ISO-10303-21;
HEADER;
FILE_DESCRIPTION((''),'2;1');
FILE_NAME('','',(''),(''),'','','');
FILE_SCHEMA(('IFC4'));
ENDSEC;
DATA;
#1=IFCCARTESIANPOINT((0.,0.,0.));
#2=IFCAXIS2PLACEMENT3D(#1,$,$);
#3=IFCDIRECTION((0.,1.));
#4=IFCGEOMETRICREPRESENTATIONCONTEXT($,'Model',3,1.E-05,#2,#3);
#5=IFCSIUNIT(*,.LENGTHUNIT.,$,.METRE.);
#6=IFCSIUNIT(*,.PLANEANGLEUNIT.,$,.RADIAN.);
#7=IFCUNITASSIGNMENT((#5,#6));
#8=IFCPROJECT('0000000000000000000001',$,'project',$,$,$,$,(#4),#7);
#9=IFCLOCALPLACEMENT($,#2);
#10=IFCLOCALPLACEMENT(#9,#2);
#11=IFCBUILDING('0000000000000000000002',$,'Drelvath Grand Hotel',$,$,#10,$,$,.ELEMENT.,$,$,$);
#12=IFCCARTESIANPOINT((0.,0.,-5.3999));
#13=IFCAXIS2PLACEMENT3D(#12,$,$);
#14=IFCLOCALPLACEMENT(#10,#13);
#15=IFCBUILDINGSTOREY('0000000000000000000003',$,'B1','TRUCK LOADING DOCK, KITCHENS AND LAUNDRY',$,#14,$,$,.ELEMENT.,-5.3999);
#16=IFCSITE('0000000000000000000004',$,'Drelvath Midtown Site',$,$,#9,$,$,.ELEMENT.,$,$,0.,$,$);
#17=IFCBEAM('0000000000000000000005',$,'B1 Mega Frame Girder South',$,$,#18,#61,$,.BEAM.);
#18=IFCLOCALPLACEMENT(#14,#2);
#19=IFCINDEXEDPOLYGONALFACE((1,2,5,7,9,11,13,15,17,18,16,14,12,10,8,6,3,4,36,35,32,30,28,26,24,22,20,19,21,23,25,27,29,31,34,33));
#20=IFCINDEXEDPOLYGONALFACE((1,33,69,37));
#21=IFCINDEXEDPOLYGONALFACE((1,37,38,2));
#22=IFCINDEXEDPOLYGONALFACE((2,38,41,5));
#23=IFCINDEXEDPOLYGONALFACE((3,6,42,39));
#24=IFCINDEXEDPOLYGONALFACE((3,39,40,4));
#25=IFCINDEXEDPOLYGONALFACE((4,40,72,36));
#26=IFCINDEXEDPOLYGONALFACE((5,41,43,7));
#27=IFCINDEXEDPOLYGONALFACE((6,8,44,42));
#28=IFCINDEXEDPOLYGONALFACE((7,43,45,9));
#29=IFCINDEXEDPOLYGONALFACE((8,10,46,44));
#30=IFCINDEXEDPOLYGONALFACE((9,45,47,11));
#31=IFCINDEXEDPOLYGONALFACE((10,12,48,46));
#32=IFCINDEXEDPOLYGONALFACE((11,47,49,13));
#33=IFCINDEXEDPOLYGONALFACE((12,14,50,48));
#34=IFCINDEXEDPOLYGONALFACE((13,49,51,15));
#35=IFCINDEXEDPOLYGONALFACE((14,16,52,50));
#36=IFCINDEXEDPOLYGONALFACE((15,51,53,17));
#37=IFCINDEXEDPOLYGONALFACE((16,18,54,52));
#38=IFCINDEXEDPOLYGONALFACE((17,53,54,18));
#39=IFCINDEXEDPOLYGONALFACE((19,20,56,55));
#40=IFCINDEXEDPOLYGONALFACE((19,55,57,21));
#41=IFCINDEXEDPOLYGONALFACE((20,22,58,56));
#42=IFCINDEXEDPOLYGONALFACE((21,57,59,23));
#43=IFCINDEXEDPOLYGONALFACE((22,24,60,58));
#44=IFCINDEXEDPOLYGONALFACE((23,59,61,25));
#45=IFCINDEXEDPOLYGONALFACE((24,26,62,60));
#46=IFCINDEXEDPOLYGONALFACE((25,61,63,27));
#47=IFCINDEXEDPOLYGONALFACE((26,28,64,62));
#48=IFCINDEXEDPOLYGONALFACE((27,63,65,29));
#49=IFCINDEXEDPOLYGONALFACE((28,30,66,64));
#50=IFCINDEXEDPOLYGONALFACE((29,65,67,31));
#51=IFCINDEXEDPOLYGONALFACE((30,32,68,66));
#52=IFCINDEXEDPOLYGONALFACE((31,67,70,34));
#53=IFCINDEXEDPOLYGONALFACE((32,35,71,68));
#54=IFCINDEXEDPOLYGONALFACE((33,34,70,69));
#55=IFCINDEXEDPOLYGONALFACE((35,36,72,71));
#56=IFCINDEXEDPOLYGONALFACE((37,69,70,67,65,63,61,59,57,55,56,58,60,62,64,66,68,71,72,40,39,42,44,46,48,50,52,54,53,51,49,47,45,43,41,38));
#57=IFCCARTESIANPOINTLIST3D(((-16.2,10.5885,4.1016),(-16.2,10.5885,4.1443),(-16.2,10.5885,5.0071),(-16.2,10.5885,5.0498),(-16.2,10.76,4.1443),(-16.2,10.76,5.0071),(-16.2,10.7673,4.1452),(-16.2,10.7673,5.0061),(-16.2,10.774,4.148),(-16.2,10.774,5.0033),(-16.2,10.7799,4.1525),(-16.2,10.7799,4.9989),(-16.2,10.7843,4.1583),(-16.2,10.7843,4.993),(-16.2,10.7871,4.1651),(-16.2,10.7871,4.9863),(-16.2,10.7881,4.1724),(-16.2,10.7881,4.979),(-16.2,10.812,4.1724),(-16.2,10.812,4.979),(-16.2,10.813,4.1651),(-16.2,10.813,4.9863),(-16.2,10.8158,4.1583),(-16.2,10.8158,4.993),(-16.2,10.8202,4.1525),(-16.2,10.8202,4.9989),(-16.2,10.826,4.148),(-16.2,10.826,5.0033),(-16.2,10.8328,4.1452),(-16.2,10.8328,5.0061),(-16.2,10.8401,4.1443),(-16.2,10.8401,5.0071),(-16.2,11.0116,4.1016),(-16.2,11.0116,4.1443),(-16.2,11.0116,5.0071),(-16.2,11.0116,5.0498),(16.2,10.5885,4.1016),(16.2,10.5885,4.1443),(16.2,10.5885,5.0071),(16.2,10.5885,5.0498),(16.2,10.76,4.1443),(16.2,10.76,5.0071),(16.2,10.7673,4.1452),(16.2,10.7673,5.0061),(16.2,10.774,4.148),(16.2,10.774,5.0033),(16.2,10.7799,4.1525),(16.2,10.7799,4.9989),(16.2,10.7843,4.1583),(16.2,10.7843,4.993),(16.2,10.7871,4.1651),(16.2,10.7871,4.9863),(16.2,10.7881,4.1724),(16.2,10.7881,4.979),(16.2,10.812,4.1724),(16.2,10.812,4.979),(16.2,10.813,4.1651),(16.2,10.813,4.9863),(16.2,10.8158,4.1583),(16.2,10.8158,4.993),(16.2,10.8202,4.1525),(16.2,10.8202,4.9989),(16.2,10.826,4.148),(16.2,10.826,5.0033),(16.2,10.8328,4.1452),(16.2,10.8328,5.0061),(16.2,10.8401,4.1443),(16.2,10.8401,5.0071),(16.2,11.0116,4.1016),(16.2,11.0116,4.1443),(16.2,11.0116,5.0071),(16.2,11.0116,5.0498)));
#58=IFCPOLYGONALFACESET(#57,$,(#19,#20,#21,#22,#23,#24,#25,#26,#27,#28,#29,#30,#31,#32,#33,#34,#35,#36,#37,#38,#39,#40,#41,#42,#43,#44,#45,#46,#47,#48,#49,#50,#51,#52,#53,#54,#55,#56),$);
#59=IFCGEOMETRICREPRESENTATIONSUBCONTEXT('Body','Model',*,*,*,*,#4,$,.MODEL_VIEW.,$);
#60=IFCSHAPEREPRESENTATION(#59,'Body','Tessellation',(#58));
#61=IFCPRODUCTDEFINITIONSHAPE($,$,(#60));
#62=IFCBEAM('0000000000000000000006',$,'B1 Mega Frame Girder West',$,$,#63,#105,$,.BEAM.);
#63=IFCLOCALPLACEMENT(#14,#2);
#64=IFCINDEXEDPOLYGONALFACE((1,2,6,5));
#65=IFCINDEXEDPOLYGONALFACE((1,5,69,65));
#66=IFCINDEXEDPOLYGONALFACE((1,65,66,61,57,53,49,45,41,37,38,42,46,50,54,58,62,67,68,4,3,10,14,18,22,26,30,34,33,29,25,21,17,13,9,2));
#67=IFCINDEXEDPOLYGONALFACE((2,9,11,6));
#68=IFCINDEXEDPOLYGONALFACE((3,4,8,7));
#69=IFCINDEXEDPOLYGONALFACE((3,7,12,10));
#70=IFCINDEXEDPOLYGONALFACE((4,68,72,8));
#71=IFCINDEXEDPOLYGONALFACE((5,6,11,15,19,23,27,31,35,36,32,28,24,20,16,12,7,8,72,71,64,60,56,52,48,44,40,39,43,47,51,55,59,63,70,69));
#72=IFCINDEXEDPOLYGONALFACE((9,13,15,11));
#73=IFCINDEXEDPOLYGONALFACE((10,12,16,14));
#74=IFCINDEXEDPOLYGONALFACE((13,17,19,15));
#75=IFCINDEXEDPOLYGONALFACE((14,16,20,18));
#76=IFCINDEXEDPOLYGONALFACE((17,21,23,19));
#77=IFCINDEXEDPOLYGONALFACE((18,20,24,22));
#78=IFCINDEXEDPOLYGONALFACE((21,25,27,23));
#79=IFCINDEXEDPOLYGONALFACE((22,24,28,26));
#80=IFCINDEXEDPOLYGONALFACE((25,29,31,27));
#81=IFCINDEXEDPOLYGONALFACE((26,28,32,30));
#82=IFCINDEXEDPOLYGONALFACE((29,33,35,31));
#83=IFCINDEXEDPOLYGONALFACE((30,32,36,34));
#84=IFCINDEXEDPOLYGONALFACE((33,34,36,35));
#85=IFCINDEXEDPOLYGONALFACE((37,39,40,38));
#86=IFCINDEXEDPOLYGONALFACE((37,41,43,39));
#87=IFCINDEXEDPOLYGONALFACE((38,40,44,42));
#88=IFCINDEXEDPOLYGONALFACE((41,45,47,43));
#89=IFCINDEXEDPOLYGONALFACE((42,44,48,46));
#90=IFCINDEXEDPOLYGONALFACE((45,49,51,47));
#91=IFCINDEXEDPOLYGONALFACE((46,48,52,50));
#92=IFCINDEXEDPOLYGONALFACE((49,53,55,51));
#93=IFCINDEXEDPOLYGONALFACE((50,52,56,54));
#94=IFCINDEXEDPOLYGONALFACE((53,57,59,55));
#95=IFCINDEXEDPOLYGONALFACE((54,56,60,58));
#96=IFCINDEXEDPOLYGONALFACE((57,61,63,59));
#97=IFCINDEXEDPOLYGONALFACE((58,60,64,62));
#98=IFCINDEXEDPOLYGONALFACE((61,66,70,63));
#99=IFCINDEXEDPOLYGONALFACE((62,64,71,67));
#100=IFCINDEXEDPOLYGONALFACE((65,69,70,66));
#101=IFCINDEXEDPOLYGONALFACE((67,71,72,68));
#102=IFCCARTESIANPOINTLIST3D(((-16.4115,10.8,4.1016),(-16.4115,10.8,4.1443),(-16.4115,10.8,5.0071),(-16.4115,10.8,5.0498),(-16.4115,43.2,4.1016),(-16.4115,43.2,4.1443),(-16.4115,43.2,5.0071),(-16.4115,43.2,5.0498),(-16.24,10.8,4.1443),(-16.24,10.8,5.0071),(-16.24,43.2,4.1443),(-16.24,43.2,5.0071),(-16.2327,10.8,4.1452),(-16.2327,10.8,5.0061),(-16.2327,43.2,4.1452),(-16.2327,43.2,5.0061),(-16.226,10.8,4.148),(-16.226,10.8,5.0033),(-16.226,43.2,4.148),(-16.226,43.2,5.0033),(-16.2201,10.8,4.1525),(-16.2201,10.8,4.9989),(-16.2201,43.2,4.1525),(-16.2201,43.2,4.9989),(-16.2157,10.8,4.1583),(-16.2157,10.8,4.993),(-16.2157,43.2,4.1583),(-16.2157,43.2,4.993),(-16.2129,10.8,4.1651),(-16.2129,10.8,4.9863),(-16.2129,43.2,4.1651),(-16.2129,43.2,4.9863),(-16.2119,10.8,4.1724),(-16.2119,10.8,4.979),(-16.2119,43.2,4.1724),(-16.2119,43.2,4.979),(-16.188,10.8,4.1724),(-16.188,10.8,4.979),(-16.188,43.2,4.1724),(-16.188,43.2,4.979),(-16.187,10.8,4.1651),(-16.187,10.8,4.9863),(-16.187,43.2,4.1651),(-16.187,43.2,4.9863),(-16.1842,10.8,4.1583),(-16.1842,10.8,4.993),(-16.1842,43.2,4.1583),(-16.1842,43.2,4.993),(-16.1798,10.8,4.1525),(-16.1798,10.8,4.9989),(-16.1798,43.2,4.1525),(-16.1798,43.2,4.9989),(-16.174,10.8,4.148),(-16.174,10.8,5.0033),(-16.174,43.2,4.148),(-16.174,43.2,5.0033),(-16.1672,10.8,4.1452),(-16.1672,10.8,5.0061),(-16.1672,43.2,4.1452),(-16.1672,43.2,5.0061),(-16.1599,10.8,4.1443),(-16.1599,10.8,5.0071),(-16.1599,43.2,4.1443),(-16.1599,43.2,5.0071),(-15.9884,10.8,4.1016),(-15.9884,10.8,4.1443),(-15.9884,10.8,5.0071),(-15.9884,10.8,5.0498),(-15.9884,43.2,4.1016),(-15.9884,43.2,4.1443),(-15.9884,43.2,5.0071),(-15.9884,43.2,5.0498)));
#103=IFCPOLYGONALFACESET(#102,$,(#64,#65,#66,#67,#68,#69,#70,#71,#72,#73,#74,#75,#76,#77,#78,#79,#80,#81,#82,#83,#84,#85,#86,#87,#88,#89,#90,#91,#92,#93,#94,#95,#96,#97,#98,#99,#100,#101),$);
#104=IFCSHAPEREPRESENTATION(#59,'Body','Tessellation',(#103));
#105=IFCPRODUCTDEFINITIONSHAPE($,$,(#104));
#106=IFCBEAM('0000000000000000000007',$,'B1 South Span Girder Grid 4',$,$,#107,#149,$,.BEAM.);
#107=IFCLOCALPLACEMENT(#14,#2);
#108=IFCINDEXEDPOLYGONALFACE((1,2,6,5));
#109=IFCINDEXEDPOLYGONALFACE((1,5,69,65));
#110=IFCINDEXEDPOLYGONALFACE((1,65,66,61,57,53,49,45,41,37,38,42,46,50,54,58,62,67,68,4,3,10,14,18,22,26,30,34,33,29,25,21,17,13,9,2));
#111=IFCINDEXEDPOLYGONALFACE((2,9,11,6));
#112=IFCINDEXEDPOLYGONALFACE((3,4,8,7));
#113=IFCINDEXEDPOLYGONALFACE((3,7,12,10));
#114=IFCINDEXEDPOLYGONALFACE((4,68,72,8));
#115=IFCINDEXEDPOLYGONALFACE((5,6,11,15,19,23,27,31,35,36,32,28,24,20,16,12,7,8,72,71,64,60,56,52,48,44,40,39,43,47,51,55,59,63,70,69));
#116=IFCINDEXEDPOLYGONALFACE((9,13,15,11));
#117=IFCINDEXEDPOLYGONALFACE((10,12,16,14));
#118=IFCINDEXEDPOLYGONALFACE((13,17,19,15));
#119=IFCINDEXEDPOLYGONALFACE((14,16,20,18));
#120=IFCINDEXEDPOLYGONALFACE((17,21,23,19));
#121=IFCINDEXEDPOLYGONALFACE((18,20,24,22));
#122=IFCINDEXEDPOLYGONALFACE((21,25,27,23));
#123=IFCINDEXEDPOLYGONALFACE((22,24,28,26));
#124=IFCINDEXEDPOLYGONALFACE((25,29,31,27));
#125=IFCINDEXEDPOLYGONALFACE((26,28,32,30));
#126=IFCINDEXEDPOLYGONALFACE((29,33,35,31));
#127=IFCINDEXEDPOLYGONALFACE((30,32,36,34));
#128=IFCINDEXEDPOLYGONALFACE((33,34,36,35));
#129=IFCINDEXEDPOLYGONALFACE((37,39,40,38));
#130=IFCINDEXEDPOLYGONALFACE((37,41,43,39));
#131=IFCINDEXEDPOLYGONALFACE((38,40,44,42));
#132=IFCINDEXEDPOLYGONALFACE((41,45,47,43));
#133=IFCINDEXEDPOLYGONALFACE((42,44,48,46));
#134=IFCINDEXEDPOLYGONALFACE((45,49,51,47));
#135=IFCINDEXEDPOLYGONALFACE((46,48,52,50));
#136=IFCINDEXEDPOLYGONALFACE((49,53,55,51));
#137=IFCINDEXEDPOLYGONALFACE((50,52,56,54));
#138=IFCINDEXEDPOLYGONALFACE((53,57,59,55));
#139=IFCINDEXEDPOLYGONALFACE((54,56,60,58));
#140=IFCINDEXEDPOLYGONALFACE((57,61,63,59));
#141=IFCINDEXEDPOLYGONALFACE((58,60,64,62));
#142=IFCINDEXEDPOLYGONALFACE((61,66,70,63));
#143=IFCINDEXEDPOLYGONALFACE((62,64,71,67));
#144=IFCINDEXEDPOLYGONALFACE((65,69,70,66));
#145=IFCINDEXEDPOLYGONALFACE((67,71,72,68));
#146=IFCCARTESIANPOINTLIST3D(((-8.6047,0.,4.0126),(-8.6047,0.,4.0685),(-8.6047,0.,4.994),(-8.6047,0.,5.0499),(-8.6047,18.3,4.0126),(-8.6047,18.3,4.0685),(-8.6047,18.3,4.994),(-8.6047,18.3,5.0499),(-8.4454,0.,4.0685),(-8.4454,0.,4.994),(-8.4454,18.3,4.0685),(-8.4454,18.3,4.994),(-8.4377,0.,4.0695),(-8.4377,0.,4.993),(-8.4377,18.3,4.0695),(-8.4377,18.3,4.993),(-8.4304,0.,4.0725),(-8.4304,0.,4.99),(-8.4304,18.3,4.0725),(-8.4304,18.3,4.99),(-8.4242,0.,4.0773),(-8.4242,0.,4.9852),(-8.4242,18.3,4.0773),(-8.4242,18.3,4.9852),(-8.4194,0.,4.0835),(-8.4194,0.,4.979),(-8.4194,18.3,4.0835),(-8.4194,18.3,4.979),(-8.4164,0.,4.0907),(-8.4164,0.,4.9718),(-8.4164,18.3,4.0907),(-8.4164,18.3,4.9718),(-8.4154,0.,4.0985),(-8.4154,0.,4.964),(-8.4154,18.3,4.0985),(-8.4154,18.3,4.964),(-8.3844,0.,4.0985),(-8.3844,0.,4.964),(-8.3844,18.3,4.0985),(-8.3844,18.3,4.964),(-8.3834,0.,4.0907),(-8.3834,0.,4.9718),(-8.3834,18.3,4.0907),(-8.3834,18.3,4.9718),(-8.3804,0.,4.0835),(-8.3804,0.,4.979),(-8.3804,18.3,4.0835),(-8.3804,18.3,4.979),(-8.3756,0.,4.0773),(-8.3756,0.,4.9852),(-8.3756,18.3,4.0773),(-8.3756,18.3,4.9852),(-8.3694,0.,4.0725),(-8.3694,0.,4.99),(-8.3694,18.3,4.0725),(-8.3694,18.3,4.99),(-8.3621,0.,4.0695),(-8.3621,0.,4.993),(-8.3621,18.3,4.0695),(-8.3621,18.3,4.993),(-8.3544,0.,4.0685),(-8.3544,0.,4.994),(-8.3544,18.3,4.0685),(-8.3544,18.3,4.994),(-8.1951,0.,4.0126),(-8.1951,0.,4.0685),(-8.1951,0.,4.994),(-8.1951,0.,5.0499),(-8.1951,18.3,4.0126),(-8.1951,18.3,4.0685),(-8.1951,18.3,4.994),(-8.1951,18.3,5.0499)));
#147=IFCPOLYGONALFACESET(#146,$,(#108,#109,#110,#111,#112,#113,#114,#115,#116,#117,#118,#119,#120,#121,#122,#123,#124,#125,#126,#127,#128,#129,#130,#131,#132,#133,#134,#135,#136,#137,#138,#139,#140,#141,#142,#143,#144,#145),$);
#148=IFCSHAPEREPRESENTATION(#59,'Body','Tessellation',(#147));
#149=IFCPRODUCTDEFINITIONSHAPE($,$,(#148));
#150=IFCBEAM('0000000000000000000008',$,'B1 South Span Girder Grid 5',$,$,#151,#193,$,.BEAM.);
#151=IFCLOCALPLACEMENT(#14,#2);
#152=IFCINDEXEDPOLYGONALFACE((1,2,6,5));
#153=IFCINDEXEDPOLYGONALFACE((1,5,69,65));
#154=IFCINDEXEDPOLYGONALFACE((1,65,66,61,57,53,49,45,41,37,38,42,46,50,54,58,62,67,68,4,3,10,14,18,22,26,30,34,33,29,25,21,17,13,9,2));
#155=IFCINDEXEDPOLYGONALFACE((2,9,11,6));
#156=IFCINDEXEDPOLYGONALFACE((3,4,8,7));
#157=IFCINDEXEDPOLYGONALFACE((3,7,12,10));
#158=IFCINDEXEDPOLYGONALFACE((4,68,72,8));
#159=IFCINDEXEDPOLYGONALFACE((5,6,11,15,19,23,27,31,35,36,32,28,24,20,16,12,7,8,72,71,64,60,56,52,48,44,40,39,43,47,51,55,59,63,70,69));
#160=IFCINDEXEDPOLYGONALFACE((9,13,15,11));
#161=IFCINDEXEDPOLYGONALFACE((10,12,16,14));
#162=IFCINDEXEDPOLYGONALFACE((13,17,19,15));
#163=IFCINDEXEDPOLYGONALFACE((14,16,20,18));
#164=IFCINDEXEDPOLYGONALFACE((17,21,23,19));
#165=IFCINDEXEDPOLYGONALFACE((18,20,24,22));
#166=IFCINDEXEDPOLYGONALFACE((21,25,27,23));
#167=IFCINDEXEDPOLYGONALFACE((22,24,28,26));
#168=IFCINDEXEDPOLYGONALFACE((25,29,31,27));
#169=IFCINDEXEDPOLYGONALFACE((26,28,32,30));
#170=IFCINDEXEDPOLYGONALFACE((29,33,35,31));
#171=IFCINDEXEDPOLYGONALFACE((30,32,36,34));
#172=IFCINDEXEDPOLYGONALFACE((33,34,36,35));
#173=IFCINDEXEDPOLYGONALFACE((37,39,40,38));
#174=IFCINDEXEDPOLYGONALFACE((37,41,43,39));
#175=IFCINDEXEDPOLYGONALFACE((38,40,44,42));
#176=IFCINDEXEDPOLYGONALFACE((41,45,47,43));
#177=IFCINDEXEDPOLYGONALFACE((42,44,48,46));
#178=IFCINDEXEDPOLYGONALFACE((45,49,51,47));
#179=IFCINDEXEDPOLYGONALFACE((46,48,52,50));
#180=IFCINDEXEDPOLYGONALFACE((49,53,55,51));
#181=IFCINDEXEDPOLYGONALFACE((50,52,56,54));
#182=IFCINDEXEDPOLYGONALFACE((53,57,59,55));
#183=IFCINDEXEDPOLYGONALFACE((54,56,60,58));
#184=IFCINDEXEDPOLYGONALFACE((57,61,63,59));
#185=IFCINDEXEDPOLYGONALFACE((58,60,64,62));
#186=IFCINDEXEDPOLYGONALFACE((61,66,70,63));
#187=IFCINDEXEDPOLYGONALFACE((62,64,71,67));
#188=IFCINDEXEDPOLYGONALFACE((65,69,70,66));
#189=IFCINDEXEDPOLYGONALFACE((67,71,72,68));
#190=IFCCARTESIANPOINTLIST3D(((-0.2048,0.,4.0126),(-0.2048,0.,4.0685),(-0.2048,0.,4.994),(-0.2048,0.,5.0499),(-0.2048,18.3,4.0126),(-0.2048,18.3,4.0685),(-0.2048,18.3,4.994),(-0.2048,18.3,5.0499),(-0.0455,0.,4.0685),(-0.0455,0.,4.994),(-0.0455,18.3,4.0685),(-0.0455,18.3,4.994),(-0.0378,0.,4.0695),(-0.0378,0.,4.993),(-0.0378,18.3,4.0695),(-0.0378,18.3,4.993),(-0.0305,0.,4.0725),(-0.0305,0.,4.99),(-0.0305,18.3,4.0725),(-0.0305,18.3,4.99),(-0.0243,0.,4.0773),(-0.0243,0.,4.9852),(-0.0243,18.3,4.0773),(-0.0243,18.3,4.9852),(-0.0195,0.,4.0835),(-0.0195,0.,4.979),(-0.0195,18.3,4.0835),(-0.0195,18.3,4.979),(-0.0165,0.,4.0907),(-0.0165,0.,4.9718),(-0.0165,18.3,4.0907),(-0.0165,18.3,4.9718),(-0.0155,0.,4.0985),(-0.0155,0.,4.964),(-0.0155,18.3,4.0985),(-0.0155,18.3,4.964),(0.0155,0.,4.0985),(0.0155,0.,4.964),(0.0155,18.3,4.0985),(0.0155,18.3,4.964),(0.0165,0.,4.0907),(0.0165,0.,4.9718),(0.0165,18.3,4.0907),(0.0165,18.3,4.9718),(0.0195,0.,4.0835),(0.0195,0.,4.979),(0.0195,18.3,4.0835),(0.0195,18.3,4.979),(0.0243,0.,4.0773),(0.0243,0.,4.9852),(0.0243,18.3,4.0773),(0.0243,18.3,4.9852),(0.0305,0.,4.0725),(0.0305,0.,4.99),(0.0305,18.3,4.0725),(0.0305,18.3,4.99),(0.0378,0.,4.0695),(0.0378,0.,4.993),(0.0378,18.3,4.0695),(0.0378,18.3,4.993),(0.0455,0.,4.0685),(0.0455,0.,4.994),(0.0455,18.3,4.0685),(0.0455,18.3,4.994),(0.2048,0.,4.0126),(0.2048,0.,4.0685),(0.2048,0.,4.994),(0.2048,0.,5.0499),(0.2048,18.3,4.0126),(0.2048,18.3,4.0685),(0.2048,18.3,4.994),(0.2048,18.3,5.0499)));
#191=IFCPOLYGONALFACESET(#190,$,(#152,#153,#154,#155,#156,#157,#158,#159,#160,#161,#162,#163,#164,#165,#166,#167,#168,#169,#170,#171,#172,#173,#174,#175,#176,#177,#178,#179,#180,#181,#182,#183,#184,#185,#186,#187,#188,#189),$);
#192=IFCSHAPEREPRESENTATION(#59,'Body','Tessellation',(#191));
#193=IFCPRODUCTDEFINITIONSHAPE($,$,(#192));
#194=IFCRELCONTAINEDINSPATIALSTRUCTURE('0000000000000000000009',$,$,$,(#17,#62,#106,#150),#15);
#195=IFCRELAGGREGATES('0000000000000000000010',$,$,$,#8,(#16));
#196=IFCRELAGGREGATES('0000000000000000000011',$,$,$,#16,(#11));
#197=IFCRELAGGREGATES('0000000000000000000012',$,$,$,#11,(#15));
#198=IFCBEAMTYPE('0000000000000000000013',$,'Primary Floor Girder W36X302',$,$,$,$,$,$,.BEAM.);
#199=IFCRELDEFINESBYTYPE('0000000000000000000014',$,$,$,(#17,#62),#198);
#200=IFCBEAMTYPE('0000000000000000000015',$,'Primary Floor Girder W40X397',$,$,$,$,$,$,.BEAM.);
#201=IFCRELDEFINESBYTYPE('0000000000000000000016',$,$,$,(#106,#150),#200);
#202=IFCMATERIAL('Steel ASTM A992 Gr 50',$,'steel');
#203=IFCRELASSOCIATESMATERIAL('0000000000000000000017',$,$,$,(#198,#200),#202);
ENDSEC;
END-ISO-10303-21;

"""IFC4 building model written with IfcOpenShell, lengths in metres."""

from ifc_helpers import new_model, si_unit, direction, frame, origin, origin_2d, place, context, subcontext, project, spatial, i_section, extrude, material, material_profile, profile_set, type_object, element, save


model = new_model("IFC4")

# Units and contexts
model_context = context("Model", 3, precision=1e-05, world=origin(), true_north=direction((0.0, 1.0)))
body_context = subcontext(model_context, "Body", "Model", "MODEL_VIEW")
ifc_project = project(units=[si_unit("LENGTHUNIT", "METRE"), si_unit("PLANEANGLEUNIT", "RADIAN")], contexts=[model_context])

# Site, building, storey
site_placement = place(None, origin())
site = spatial("IfcSite", under=ifc_project, at=site_placement, Name="Drelvath Midtown Site", CompositionType="ELEMENT", RefElevation=0.0)
building_placement = place(site_placement, origin())
building = spatial("IfcBuilding", under=site, at=building_placement, Name="Drelvath Grand Hotel", CompositionType="ELEMENT")
storey_placement = place(building_placement, frame((0.0, 0.0, -5.3999)))
storey = spatial("IfcBuildingStorey", under=building, at=storey_placement, Name="B1", Description="TRUCK LOADING DOCK, KITCHENS AND LAUNDRY", CompositionType="ELEMENT", Elevation=-5.3999)

# Beams
ifc_material_1 = material(Name="Steel ASTM A992 Gr 50", Category="steel")
ifc_material_profile_1 = material_profile(ifc_material_1, i_section(OverallWidth=0.4231, OverallDepth=0.9482, WebThickness=0.0239, FlangeThickness=0.0427, FilletRadius=0.0281, at=origin_2d()), Name="W36X302")
ifc_profile_set_1 = profile_set([ifc_material_profile_1], Name="Steel ASTM A992 Gr 50")
beam_type_1 = type_object("IfcBeamType", Name="Primary Floor Girder W36X302", PredefinedType="BEAM", material=ifc_profile_set_1)
for number, where, z_axis, x_axis, name in (
    (1, (-16.2, 10.8, 4.5757), (1.0, 0.0, 0.0), (0.0, 1.0, 0.0), "B1 Mega Frame Girder South"),
    (2, (-16.2, 10.8, 4.5757), (0.0, 1.0, 0.0), (-1.0, 0.0, 0.0), "B1 Mega Frame Girder West"),
):
    element("IfcBeam", number, at=place(storey_placement, frame(where, z_axis=z_axis, x_axis=x_axis)), inside=storey, type_object=beam_type_1, Name=name, PredefinedType="BEAM", context=body_context, shape_type="SweptSolid", body=[
        extrude(i_section(OverallWidth=0.4231, OverallDepth=0.9482, WebThickness=0.0239, FlangeThickness=0.0427, FilletRadius=0.0281, at=origin_2d()), origin(), (0.0, 0.0, 1.0), 32.3999),
    ])
ifc_material_profile_2 = material_profile(ifc_material_1, i_section(OverallWidth=0.4097, OverallDepth=1.0374, WebThickness=0.031, FlangeThickness=0.0559, FilletRadius=0.03, at=origin_2d()), Name="W40X397")
ifc_profile_set_2 = profile_set([ifc_material_profile_2], Name="Steel ASTM A992 Gr 50")
beam_type_2 = type_object("IfcBeamType", Name="Primary Floor Girder W40X397", PredefinedType="BEAM", material=ifc_profile_set_2)
for number, where, z_axis, x_axis, name in (
    (3, (-8.3999, 0.0, 4.5312), (0.0, 1.0, 0.0), (-1.0, 0.0, 0.0), "B1 South Span Girder Grid 4"),
    (4, (0.0, 0.0, 4.5312), (0.0, 1.0, 0.0), (-1.0, 0.0, 0.0), "B1 South Span Girder Grid 5"),
):
    element("IfcBeam", number, at=place(storey_placement, frame(where, z_axis=z_axis, x_axis=x_axis)), inside=storey, type_object=beam_type_2, Name=name, PredefinedType="BEAM", context=body_context, shape_type="SweptSolid", body=[
        extrude(i_section(OverallWidth=0.4097, OverallDepth=1.0374, WebThickness=0.031, FlangeThickness=0.0559, FilletRadius=0.03, at=origin_2d()), origin(), (0.0, 0.0, 1.0), 18.3),
    ])

save(model, "model.ifc")
